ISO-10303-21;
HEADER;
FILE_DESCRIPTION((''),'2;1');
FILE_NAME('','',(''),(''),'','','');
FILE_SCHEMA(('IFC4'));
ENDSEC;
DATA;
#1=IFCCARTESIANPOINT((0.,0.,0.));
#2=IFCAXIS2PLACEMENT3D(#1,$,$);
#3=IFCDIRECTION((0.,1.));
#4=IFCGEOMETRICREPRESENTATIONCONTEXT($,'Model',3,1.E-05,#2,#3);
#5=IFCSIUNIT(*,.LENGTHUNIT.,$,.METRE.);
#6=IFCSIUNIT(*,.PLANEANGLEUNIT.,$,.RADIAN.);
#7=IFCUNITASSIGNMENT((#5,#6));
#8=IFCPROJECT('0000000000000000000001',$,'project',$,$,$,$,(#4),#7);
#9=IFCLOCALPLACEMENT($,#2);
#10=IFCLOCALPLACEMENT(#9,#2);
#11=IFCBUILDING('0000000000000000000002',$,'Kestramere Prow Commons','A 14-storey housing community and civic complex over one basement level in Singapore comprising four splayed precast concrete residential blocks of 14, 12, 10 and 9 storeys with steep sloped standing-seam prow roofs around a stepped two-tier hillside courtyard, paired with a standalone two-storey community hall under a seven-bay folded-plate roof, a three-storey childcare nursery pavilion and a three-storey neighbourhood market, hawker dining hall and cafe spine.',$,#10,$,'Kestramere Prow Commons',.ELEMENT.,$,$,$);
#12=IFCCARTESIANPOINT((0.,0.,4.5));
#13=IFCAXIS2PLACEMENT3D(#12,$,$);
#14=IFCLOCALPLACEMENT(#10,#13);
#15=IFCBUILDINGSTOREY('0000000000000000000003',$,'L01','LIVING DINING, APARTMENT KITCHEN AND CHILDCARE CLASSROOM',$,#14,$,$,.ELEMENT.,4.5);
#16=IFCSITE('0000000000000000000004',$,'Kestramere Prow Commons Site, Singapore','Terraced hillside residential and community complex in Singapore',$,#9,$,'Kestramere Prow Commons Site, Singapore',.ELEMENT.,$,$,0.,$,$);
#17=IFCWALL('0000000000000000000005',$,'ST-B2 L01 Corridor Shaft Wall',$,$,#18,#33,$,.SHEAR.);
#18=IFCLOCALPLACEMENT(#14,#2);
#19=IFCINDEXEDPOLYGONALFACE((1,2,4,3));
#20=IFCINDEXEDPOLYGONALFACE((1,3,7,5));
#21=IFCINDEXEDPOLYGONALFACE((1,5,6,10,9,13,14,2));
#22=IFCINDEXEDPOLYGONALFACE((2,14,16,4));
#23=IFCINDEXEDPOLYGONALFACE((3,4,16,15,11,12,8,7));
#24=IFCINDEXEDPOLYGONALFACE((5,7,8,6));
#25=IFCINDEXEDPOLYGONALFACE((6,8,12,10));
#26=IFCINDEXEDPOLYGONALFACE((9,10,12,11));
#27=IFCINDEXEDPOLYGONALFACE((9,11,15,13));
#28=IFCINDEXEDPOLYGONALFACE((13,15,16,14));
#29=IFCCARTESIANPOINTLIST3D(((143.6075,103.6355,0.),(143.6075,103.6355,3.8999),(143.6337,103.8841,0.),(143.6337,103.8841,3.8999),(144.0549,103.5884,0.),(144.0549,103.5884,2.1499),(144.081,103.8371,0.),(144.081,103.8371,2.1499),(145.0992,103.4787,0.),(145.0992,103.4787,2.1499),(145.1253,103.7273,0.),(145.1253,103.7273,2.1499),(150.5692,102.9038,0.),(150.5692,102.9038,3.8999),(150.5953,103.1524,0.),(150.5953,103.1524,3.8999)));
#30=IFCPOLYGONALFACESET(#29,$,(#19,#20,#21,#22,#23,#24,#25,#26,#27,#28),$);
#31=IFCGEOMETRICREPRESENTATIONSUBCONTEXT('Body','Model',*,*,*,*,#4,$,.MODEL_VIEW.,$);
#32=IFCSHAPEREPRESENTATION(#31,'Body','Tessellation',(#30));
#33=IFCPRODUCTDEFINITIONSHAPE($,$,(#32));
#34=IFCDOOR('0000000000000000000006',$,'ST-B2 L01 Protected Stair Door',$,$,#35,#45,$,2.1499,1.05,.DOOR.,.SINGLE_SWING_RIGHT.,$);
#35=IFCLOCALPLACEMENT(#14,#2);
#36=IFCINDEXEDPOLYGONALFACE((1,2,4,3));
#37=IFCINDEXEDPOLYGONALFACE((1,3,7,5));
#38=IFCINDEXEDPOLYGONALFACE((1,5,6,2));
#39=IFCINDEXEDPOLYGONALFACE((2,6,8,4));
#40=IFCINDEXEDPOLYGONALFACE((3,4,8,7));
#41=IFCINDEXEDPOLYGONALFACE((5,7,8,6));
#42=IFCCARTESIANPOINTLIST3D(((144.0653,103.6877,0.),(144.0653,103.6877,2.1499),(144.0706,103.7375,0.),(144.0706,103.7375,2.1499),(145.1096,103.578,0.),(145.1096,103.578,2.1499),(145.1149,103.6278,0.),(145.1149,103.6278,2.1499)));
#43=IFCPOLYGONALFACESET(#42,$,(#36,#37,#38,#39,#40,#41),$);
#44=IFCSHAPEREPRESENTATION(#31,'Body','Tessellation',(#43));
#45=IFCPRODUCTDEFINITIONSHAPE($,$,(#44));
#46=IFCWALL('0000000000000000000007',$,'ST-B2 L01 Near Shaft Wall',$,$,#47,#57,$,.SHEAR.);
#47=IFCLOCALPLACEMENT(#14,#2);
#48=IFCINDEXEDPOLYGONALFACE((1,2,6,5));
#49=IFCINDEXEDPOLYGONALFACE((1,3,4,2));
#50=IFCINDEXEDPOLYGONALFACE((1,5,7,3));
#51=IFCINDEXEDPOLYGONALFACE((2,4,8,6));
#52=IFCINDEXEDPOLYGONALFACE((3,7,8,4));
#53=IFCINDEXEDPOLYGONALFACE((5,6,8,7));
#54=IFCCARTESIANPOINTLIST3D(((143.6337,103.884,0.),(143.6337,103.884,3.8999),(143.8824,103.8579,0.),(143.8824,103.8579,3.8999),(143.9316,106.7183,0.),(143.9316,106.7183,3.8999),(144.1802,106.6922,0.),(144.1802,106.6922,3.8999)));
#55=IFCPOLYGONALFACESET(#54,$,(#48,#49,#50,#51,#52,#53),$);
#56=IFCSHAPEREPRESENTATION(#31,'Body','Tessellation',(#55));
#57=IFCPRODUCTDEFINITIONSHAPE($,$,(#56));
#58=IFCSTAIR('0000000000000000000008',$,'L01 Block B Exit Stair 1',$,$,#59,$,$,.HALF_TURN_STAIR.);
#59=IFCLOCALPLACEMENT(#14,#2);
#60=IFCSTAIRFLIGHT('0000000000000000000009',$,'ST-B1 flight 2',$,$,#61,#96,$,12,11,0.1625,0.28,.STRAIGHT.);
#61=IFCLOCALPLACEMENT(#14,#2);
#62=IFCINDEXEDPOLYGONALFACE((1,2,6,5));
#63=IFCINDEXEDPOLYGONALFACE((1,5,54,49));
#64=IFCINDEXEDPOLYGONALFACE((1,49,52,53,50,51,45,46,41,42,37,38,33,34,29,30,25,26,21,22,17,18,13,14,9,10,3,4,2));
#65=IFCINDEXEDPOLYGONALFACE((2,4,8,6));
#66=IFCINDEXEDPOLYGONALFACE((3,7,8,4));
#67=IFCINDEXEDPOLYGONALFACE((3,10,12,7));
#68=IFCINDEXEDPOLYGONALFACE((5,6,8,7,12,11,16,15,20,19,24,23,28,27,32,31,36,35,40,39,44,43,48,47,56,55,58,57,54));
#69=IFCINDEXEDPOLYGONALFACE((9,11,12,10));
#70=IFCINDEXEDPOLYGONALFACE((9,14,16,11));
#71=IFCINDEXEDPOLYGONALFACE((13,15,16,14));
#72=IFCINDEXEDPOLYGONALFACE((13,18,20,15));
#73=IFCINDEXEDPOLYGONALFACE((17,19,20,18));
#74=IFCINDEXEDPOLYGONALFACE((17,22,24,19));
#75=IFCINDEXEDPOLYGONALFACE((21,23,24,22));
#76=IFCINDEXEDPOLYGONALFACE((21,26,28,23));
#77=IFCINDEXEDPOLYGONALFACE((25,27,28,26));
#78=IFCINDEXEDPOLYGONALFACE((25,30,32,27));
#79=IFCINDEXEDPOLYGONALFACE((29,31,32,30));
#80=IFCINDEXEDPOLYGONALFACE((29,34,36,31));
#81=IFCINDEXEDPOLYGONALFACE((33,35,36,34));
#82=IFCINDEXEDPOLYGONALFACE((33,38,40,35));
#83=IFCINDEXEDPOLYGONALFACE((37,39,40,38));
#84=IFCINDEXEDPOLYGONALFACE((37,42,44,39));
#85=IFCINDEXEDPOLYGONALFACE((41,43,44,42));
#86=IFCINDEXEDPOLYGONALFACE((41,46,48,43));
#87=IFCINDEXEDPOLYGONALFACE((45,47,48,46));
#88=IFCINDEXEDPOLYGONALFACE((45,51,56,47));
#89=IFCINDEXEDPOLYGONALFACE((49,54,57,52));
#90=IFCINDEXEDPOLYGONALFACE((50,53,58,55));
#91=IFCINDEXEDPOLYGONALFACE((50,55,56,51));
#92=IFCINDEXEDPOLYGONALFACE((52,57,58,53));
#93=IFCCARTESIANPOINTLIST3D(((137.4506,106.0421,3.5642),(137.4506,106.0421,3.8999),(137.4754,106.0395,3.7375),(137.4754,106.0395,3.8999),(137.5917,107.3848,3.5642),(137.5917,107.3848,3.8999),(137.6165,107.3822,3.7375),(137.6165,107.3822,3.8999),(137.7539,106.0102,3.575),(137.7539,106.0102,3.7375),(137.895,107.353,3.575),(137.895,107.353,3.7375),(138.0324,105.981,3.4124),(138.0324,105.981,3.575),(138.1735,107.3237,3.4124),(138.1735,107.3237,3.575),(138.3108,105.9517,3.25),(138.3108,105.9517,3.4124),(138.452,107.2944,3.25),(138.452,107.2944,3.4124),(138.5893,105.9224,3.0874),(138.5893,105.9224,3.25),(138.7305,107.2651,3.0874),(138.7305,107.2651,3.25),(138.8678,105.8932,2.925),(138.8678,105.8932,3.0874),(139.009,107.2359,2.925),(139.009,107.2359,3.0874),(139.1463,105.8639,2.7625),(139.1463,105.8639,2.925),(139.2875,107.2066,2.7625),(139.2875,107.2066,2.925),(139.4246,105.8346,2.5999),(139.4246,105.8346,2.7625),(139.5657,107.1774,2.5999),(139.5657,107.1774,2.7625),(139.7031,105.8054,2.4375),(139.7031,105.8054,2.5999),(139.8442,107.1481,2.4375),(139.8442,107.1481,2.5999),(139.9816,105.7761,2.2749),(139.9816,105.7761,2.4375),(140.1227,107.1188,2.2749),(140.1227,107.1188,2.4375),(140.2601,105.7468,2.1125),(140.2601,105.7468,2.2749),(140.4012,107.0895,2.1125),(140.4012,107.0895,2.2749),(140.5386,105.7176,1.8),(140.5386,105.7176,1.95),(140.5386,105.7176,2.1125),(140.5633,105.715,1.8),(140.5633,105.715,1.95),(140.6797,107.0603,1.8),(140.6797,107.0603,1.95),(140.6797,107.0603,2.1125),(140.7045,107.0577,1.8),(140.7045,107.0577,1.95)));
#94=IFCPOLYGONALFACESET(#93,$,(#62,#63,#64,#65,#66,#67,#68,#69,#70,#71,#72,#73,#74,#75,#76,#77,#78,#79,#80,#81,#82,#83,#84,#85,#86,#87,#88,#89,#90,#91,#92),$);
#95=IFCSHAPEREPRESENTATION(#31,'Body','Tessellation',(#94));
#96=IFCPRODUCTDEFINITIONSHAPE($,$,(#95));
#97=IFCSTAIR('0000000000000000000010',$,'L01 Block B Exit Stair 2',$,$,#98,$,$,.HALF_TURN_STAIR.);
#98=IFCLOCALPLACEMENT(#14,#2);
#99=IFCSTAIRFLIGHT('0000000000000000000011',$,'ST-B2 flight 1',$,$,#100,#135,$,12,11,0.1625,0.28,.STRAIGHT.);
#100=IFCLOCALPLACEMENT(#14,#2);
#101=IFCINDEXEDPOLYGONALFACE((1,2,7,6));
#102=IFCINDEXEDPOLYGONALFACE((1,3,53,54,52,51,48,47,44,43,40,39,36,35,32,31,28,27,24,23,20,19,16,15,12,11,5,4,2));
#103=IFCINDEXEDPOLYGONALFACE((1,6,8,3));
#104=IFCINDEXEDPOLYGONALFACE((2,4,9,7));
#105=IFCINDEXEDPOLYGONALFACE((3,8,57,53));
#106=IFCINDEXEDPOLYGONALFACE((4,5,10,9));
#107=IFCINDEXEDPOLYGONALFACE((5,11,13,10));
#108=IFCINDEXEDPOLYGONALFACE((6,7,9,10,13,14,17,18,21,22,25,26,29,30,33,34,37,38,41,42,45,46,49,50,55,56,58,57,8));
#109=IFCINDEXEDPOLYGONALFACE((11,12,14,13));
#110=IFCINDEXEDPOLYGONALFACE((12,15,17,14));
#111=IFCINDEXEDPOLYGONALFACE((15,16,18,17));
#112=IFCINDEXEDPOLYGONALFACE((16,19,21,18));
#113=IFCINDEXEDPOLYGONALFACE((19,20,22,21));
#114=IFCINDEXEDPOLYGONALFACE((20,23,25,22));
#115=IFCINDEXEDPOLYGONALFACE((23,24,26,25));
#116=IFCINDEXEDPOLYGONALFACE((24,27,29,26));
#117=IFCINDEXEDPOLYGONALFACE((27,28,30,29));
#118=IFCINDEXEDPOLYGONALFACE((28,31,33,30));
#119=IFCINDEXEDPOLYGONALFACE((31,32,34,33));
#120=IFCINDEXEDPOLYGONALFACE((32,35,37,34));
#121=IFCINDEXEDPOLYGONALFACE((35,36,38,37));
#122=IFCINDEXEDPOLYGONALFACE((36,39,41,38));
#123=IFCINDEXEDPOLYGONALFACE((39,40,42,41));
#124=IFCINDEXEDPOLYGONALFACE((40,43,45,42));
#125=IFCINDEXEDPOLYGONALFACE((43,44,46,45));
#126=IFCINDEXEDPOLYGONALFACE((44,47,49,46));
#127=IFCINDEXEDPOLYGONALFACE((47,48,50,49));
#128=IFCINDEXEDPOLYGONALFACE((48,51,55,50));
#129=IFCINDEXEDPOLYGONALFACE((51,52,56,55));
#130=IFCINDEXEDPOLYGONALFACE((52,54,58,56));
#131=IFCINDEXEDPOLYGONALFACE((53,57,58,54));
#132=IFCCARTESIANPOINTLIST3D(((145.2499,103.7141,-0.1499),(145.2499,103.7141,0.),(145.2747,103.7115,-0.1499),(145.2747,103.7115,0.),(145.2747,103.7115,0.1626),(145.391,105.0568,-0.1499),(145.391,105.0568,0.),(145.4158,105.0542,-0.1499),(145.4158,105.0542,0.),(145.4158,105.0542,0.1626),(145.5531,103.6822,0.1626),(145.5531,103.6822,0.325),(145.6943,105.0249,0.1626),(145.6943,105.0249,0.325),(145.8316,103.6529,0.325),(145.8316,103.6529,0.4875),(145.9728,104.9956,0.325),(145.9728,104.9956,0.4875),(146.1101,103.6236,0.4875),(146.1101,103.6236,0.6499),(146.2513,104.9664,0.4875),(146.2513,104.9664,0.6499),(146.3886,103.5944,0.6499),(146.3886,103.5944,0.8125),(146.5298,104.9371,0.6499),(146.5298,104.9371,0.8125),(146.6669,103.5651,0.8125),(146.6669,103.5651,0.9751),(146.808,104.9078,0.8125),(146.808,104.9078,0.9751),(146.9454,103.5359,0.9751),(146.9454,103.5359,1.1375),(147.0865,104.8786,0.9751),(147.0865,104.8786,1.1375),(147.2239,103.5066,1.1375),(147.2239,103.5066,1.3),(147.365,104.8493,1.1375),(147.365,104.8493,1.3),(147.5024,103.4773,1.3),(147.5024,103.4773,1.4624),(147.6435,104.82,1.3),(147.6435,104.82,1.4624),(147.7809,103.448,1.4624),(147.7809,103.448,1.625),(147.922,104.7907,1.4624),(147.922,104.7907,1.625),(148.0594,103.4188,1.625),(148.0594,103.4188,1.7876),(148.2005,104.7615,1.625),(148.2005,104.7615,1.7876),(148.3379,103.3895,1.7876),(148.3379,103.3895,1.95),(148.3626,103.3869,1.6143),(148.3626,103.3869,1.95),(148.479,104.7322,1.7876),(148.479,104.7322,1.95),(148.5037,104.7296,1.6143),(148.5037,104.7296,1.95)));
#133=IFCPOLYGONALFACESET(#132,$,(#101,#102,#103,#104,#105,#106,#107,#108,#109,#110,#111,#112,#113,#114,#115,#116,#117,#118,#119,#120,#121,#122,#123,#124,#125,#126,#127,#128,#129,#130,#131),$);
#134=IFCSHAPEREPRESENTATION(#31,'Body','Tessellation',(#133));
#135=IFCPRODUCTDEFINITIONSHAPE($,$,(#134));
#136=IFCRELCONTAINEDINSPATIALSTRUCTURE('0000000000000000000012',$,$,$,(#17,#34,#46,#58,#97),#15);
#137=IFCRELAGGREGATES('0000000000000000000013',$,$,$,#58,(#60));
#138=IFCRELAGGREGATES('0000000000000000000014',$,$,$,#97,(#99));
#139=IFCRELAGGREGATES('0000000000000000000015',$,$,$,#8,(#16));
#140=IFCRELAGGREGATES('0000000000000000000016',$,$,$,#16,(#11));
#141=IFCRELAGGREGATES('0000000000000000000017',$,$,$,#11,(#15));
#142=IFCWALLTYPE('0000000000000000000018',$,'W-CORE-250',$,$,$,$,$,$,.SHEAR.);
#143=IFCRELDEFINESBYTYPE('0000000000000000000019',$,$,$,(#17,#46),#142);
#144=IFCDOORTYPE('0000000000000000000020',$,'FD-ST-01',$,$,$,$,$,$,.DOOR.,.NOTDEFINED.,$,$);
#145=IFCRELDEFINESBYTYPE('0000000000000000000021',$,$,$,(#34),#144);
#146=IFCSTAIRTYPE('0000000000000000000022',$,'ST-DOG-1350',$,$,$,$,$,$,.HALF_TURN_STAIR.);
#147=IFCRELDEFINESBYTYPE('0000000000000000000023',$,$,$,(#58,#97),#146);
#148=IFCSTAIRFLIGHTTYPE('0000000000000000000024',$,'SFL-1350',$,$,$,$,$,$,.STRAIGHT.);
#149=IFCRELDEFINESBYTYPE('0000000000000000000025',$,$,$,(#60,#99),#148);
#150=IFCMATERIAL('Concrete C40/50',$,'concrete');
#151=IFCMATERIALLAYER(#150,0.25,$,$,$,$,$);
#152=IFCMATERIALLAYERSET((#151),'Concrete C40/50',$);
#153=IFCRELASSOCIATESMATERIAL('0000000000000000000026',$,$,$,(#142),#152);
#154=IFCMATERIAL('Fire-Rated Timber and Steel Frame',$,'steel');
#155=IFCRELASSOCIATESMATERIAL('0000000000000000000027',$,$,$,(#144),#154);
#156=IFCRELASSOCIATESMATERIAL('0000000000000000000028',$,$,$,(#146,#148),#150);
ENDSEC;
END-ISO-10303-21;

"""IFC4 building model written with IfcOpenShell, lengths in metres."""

from ifc_helpers import new_model, si_unit, direction, frame, frame_2d, origin, place, context, subcontext, project, spatial, polyline, rectangle, outline, extrude, material, layer, layer_set, type_object, element, fill, aggregate, save


model = new_model("IFC4")

# Units and contexts
model_context = context("Model", 3, precision=1e-05, world=origin(), true_north=direction((0.0, 1.0)))
body_context = subcontext(model_context, "Body", "Model", "MODEL_VIEW")
ifc_project = project(units=[si_unit("LENGTHUNIT", "METRE"), si_unit("PLANEANGLEUNIT", "RADIAN")], contexts=[model_context])

# Site, building, storey
site_placement = place(None, origin())
site = spatial("IfcSite", under=ifc_project, at=site_placement, Name="Kestramere Prow Commons Site, Singapore", Description="Terraced hillside residential and community complex in Singapore", LongName="Kestramere Prow Commons Site, Singapore", CompositionType="ELEMENT", RefElevation=0.0)
building_placement = place(site_placement, origin())
building = spatial("IfcBuilding", under=site, at=building_placement, Name="Kestramere Prow Commons", Description="A 14-storey housing community and civic complex over one basement level in Singapore comprising four splayed precast concrete residential blocks of 14, 12, 10 and 9 storeys with steep sloped standing-seam prow roofs around a stepped two-tier hillside courtyard, paired with a standalone two-storey community hall under a seven-bay folded-plate roof, a three-storey childcare nursery pavilion and a three-storey neighbourhood market, hawker dining hall and cafe spine.", LongName="Kestramere Prow Commons", CompositionType="ELEMENT")
storey_placement = place(building_placement, frame((0.0, 0.0, 4.5)))
storey = spatial("IfcBuildingStorey", under=building, at=storey_placement, Name="L01", Description="LIVING DINING, APARTMENT KITCHEN AND CHILDCARE CLASSROOM", CompositionType="ELEMENT", Elevation=4.5)

# Shared definitions
ifc_material_1 = material(Name="Concrete C40/50", Category="concrete")

# Shared definitions
ifc_layer = layer(ifc_material_1, 0.25)
ifc_layer_set = layer_set([ifc_layer], Name="Concrete C40/50")
wall_type = type_object("IfcWallType", Name="W-CORE-250", PredefinedType="SHEAR", material=ifc_layer_set)

# Wall, opening, door
wall_1_placement = place(storey_placement, frame((143.6206, 103.7598, 0.0), z_axis=(0.0, 0.0, 1.0), x_axis=(0.994522, -0.104527, 0.0)))
wall_1 = element("IfcWall", 1, at=wall_1_placement, inside=storey, type_object=wall_type, Name="ST-B2 L01 Corridor Shaft Wall", PredefinedType="SHEAR", context=body_context, shape_type="SweptSolid", body=[
    extrude(rectangle(XDim=7.0, YDim=0.25, at=frame_2d((3.5, 0.0))), origin(), (0.0, 0.0, 1.0), 3.8999),
])
opening_1_placement = place(wall_1_placement, frame((0.45, 0.0, 0.0)))
opening_1 = element("IfcOpeningElement", 2, at=opening_1_placement, cuts=wall_1, PredefinedType="OPENING", context=body_context, shape_type="SweptSolid", body=[
    extrude(rectangle(XDim=1.05, YDim=2.1499, at=frame_2d((0.5249, 1.075))), frame((0.0, 0.1399, 0.0), z_axis=(0.0, -1.0, 0.0), x_axis=(1.0, 0.0, 0.0)), (0.0, 0.0, 1.0), 0.28),
])
ifc_material_2 = material(Name="Fire-Rated Timber and Steel Frame", Category="steel")
door_type_1 = type_object("IfcDoorType", Name="FD-ST-01", OperationType="NOTDEFINED", PredefinedType="DOOR", material=ifc_material_2)
door_1_placement = place(opening_1_placement, origin())
door_1 = element("IfcDoor", 3, at=door_1_placement, inside=storey, type_object=door_type_1, Name="ST-B2 L01 Protected Stair Door", OperationType="SINGLE_SWING_RIGHT", OverallHeight=2.1499, OverallWidth=1.05, PredefinedType="DOOR", context=body_context, shape_type="SweptSolid", body=[
    extrude(rectangle(XDim=1.05, YDim=2.1499, at=frame_2d((0.5249, 1.075))), frame((0.0, 0.0249, 0.0), z_axis=(0.0, -1.0, 0.0), x_axis=(1.0, 0.0, 0.0)), (0.0, 0.0, 1.0), 0.05),
])
fill(opening_1, door_1)

# Wall
wall_2_placement = place(storey_placement, frame((143.7581, 103.8711, 0.0), z_axis=(0.0, 0.0, 1.0), x_axis=(0.104515, 0.994523, 0.0)))
element("IfcWall", 4, at=wall_2_placement, inside=storey, type_object=wall_type, Name="ST-B2 L01 Near Shaft Wall", PredefinedType="SHEAR", context=body_context, shape_type="SweptSolid", body=[
    extrude(rectangle(XDim=2.8499, YDim=0.25, at=frame_2d((1.4248, 0.0))), origin(), (0.0, 0.0, 1.0), 3.8999),
])

# Stairs, stair flights
stair_type = type_object("IfcStairType", Name="ST-DOG-1350", PredefinedType="HALF_TURN_STAIR", material=ifc_material_1)
stair_1_placement = place(storey_placement, origin())
stair_1 = element("IfcStair", 5, at=stair_1_placement, inside=storey, type_object=stair_type, Name="L01 Block B Exit Stair 1", PredefinedType="HALF_TURN_STAIR")
stair_flight_type = type_object("IfcStairFlightType", Name="SFL-1350", PredefinedType="STRAIGHT", material=ifc_material_1)
stair_flight_1_placement = place(storey_placement, frame((140.6091, 106.3889, 1.95), z_axis=(0.0, 0.0, 1.0), x_axis=(-0.994522, 0.104528, 0.0)))
stair_flight_1 = element("IfcStairFlight", 6, at=stair_flight_1_placement, type_object=stair_flight_type, Name="ST-B1 flight 2", NumberOfRisers=12, NumberOfTreads=11, PredefinedType="STRAIGHT", RiserHeight=0.1625, TreadLength=0.28, context=body_context, shape_type="SweptSolid", body=[
    extrude(outline(polyline([(-0.0249, 0.0), (0.0, 0.0), (0.0, 0.1626), (0.28, 0.1626), (0.28, 0.325), (0.5601, 0.325), (0.5601, 0.4875), (0.8401, 0.4875), (0.8401, 0.6499), (1.1201, 0.6499), (1.1201, 0.8125), (1.3999, 0.8125), (1.3999, 0.9751), (1.6799, 0.9751), (1.6799, 1.1375), (1.96, 1.1375), (1.96, 1.3), (2.24, 1.3), (2.24, 1.4624), (2.52, 1.4624), (2.52, 1.625), (2.8, 1.625), (2.8, 1.7876), (3.0801, 1.7876), (3.0801, 1.95), (3.105, 1.95), (3.105, 1.6143), (0.0, -0.1499), (-0.0249, -0.1499), (-0.0249, 0.0)])), frame((0.0, 0.675, 0.0), z_axis=(0.0, -1.0, 0.0), x_axis=(1.0, 0.0, 0.0)), (0.0, 0.0, 1.0), 1.3501),
])
aggregate(stair_1, [stair_flight_1])
stair_2_placement = place(storey_placement, origin())
stair_2 = element("IfcStair", 7, at=stair_2_placement, inside=storey, type_object=stair_type, Name="L01 Block B Exit Stair 2", PredefinedType="HALF_TURN_STAIR")
stair_flight_2_placement = place(storey_placement, frame((145.3452, 104.3828, 0.0), z_axis=(0.0, 0.0, 1.0), x_axis=(0.994522, -0.104528, 0.0)))
stair_flight_2 = element("IfcStairFlight", 8, at=stair_flight_2_placement, type_object=stair_flight_type, Name="ST-B2 flight 1", NumberOfRisers=12, NumberOfTreads=11, PredefinedType="STRAIGHT", RiserHeight=0.1625, TreadLength=0.28, context=body_context, shape_type="SweptSolid", body=[
    extrude(outline(polyline([(-0.0249, 0.0), (0.0, 0.0), (0.0, 0.1626), (0.28, 0.1626), (0.28, 0.325), (0.5601, 0.325), (0.5601, 0.4875), (0.8401, 0.4875), (0.8401, 0.6499), (1.1201, 0.6499), (1.1201, 0.8125), (1.3999, 0.8125), (1.3999, 0.9751), (1.6799, 0.9751), (1.6799, 1.1375), (1.96, 1.1375), (1.96, 1.3), (2.24, 1.3), (2.24, 1.4624), (2.52, 1.4624), (2.52, 1.625), (2.8, 1.625), (2.8, 1.7876), (3.0801, 1.7876), (3.0801, 1.95), (3.105, 1.95), (3.105, 1.6143), (0.0, -0.1499), (-0.0249, -0.1499), (-0.0249, 0.0)])), frame((0.0, 0.675, 0.0), z_axis=(0.0, -1.0, 0.0), x_axis=(1.0, 0.0, 0.0)), (0.0, 0.0, 1.0), 1.3501),
])
aggregate(stair_2, [stair_flight_2])

save(model, "model.ifc")
